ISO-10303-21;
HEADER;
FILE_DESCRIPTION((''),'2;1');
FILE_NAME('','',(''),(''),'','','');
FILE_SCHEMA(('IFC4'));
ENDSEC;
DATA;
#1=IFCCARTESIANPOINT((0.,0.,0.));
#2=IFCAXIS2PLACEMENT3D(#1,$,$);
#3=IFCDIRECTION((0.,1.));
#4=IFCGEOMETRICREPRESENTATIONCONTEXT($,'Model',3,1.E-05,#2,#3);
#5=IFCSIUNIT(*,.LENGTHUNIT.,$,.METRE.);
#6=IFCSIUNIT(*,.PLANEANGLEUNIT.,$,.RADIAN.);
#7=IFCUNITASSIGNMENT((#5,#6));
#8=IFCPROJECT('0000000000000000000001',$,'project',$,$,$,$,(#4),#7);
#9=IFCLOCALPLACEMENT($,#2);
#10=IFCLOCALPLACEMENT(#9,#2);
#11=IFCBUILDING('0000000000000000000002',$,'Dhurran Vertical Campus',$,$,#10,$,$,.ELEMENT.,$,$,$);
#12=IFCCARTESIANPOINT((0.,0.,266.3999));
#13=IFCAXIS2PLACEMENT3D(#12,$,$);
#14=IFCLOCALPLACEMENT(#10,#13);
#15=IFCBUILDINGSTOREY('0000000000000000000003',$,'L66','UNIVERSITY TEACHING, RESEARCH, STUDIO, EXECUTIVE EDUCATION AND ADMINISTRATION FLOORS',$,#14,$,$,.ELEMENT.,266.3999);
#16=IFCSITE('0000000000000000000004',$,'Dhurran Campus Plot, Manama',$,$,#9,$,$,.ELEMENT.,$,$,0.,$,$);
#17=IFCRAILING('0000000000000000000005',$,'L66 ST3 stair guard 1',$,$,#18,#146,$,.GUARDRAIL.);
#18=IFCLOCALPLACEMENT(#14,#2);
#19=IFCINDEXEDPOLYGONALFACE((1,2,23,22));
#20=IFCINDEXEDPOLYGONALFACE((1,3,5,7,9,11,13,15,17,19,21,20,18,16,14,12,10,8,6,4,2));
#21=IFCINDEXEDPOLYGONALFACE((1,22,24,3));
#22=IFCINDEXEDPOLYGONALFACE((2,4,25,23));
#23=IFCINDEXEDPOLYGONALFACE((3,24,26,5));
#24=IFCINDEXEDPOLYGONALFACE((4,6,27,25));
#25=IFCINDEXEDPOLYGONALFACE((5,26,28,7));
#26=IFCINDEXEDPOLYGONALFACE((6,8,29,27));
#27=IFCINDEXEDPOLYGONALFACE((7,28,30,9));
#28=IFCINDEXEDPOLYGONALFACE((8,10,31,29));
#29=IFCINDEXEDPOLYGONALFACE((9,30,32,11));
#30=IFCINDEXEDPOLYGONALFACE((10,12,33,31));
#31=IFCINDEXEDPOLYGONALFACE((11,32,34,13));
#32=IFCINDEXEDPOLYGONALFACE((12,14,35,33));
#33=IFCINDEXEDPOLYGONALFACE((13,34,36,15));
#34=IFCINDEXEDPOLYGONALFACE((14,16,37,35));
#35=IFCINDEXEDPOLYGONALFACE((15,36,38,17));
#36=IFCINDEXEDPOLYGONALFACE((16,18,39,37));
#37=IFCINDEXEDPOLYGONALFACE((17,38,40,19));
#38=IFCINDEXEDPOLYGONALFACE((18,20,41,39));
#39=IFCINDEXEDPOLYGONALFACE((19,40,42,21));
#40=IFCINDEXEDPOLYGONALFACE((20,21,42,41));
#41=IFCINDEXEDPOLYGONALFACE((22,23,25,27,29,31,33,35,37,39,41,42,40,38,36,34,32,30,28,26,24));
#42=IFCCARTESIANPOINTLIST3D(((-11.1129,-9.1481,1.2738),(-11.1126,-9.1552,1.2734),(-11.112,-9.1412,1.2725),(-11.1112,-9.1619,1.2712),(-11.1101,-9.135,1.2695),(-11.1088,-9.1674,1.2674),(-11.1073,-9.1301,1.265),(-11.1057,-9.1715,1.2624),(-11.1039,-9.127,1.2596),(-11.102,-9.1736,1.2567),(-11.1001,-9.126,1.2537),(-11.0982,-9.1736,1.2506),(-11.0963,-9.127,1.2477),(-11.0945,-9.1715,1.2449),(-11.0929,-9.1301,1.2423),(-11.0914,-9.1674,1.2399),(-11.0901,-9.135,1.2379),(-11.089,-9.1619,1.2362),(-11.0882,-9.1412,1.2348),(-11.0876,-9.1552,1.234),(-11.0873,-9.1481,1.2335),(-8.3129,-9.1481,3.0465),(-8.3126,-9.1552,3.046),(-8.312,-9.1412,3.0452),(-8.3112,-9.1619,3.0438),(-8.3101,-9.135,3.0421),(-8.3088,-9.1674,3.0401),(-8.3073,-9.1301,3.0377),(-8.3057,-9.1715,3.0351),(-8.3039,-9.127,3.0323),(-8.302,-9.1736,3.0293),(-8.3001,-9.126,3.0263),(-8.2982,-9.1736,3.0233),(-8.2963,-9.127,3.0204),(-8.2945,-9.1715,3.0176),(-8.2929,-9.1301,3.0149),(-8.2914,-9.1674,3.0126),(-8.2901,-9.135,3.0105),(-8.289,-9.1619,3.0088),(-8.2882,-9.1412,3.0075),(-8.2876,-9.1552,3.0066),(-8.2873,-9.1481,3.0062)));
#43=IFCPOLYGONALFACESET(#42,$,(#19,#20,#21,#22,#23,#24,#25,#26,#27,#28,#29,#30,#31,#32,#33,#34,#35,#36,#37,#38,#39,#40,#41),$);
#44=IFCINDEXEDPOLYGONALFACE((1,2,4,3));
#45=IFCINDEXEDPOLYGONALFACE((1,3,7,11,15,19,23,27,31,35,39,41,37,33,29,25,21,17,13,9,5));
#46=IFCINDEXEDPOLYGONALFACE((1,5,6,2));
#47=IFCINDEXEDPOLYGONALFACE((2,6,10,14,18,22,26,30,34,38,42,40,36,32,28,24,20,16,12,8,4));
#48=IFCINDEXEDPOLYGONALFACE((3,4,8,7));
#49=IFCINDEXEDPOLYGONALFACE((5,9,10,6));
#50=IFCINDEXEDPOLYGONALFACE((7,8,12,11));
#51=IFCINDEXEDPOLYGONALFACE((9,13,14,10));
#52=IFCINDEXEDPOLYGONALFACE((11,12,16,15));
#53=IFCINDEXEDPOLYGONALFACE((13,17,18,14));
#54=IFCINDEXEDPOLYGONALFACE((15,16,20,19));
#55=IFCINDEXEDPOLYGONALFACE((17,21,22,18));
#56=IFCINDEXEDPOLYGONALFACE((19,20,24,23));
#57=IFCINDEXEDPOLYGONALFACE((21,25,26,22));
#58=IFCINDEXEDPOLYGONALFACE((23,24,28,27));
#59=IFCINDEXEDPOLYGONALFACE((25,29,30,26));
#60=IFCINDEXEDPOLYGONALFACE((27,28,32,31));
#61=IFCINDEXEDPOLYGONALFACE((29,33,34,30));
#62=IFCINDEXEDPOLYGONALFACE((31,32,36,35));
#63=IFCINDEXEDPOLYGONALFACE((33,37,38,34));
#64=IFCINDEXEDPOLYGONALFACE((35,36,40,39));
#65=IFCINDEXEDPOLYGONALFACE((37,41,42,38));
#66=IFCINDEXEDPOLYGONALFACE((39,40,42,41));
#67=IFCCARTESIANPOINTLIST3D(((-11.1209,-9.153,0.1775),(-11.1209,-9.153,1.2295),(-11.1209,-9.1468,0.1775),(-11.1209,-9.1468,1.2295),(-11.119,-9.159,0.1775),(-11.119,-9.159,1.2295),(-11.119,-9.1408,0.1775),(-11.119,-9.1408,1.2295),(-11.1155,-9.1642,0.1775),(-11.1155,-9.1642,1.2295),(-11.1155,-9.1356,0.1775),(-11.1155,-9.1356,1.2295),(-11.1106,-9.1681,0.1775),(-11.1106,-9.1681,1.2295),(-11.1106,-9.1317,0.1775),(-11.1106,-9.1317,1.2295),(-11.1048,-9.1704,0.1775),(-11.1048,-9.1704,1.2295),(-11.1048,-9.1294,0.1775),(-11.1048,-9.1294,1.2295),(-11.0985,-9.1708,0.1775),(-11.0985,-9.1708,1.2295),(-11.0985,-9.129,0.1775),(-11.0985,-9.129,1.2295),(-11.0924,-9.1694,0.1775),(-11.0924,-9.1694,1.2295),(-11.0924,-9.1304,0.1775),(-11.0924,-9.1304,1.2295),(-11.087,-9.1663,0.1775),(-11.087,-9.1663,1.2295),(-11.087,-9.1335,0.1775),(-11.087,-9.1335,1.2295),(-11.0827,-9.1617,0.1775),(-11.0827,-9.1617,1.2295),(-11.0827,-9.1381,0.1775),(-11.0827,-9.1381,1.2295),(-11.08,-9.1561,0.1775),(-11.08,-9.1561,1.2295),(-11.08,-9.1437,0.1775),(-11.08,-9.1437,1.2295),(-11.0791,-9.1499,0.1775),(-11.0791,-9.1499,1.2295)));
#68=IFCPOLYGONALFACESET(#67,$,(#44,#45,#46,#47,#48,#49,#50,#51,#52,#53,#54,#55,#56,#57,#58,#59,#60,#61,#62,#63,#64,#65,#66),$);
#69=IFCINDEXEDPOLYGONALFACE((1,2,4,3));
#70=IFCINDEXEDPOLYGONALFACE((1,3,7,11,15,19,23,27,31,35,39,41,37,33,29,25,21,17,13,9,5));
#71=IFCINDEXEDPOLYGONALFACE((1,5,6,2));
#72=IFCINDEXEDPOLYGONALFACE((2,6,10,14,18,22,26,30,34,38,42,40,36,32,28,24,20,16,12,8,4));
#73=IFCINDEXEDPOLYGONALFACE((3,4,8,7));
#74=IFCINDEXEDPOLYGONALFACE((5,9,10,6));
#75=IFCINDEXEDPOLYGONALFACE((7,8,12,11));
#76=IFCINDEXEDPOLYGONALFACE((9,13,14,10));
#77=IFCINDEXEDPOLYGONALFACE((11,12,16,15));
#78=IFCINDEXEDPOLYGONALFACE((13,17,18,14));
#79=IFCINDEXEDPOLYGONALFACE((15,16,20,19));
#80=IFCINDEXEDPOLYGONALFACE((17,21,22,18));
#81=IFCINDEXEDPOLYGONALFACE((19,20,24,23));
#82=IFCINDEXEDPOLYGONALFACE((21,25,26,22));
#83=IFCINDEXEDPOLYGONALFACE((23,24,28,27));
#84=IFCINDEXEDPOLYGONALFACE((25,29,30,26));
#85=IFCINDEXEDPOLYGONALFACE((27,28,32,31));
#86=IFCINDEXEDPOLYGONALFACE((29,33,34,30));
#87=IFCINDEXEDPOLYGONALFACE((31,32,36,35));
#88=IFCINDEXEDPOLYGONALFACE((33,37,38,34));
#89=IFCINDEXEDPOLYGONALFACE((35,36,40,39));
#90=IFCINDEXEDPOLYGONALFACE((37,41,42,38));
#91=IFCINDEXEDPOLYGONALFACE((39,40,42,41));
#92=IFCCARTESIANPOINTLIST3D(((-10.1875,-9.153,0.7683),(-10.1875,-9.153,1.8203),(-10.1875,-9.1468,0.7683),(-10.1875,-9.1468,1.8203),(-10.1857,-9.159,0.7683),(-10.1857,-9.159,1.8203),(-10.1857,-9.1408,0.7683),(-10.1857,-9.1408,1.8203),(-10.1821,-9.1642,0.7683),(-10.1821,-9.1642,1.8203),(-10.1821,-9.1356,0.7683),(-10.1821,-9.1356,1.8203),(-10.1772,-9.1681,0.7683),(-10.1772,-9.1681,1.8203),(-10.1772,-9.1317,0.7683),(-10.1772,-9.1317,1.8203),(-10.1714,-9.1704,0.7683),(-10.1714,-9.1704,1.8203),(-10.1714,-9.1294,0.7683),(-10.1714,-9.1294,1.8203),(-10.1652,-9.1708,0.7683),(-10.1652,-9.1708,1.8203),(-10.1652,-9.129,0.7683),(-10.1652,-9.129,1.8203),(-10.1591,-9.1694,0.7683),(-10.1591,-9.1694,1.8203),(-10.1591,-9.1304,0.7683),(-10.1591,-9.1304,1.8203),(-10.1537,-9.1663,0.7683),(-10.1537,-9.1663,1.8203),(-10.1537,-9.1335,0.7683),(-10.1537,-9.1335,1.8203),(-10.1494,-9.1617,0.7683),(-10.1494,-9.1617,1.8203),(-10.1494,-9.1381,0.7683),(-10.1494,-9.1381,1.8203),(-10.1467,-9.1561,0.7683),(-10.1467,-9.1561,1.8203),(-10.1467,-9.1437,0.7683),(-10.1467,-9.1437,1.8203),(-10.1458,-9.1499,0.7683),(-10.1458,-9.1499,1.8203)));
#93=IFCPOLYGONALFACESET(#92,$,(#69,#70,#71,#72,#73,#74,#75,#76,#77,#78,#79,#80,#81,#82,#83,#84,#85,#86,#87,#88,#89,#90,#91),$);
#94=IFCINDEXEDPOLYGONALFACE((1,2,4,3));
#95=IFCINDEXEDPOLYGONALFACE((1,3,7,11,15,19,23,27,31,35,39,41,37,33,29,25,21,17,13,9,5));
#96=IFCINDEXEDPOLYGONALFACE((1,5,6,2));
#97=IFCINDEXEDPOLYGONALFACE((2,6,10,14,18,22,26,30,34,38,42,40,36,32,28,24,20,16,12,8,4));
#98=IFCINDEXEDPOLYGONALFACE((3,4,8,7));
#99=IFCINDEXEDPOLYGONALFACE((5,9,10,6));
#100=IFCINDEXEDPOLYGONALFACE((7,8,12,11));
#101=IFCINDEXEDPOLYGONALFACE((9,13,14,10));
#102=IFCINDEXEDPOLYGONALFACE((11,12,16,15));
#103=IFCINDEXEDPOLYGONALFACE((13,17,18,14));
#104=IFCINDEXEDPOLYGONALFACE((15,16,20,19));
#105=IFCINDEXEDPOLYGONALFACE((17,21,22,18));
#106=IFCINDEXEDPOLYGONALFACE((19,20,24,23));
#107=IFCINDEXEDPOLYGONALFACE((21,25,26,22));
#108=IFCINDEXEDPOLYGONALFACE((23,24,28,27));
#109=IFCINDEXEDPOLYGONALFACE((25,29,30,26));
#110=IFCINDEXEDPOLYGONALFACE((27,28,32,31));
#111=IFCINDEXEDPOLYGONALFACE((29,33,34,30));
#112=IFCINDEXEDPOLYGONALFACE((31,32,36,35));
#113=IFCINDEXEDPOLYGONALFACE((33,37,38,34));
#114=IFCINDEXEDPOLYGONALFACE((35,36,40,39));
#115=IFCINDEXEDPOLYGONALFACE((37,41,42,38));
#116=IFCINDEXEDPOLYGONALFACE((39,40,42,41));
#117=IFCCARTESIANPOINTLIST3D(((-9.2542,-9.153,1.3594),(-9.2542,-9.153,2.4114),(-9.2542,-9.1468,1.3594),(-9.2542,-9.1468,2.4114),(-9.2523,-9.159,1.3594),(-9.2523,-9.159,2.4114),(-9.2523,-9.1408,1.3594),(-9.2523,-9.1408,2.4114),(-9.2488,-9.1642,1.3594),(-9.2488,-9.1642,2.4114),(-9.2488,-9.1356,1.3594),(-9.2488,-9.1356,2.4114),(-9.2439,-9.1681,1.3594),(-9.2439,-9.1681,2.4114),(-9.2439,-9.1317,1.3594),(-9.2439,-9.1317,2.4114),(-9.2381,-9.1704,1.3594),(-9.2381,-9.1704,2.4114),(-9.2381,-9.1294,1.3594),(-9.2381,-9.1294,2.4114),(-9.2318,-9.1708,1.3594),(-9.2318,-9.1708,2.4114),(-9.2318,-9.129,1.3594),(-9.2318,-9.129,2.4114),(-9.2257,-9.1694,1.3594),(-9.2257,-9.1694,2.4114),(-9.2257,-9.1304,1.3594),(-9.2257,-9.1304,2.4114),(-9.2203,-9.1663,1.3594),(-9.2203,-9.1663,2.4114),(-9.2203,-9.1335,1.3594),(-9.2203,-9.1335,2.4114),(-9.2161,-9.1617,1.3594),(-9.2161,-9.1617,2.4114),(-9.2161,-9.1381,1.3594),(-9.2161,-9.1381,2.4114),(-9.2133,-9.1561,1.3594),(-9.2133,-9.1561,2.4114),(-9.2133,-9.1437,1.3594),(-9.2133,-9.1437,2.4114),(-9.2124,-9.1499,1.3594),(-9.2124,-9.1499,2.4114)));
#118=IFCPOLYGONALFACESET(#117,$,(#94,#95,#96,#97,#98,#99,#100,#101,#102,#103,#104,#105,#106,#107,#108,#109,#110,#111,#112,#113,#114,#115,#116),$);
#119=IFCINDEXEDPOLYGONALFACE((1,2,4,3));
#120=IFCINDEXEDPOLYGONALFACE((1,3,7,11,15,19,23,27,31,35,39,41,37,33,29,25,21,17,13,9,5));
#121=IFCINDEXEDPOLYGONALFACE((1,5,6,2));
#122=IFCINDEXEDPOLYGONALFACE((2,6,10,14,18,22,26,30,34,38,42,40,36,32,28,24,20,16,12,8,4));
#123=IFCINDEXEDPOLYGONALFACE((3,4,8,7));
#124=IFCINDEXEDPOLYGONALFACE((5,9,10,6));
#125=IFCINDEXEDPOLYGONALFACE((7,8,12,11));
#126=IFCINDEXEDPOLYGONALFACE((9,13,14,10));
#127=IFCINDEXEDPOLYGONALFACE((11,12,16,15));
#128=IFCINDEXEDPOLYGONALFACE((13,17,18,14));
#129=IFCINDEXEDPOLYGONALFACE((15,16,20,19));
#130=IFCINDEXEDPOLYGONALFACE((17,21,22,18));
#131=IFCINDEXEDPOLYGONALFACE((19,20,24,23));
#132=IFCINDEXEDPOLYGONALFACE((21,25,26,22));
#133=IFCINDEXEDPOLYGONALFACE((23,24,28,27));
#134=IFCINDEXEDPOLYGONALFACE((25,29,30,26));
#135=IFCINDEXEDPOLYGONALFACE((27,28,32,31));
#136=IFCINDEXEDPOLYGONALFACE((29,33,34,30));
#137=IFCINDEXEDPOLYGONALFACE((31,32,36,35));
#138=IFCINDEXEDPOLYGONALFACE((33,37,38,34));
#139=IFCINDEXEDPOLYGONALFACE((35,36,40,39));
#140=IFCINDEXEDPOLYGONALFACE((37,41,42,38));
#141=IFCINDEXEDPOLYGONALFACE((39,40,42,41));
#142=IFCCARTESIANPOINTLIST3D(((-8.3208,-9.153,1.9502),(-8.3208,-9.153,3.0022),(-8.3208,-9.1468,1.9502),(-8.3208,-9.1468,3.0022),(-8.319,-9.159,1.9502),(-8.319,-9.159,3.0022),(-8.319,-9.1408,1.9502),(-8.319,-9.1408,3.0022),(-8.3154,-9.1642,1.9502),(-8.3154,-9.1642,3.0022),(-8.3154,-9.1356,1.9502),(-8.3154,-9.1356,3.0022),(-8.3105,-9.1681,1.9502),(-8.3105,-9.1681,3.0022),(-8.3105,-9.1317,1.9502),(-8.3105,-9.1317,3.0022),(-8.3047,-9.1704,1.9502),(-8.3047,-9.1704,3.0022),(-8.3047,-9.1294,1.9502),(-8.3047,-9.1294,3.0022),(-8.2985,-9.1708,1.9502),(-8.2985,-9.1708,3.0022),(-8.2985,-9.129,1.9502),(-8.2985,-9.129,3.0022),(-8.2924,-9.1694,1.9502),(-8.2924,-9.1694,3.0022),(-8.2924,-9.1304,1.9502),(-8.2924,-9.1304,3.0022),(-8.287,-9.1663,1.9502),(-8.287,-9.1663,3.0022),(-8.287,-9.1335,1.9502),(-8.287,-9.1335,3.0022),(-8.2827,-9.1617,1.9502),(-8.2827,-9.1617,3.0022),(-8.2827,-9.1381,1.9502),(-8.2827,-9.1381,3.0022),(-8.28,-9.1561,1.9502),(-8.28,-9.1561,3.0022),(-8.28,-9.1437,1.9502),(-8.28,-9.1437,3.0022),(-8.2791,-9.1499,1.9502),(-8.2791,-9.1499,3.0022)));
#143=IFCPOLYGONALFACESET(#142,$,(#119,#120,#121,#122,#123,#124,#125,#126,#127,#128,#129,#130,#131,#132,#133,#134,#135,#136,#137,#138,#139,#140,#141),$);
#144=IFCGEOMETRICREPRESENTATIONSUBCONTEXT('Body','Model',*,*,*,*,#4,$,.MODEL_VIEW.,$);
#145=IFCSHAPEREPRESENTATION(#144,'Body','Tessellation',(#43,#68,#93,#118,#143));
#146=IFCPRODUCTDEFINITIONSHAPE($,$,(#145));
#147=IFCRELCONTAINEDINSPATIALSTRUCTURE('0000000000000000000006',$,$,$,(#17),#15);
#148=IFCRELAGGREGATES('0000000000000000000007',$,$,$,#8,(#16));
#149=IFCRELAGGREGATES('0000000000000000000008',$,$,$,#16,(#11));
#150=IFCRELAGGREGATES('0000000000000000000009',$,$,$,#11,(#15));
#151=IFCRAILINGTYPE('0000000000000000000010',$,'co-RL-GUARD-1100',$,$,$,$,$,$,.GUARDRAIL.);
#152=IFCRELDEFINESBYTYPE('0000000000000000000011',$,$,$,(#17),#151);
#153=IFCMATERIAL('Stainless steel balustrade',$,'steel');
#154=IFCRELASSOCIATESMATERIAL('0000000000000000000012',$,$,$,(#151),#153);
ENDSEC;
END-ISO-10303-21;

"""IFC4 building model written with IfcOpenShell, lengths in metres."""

from ifc_helpers import new_model, si_unit, direction, frame, origin, origin_2d, place, context, subcontext, project, spatial, circle, extrude, material, type_object, element, save


model = new_model("IFC4")

# Units and contexts
model_context = context("Model", 3, precision=1e-05, world=origin(), true_north=direction((0.0, 1.0)))
body_context = subcontext(model_context, "Body", "Model", "MODEL_VIEW")
ifc_project = project(units=[si_unit("LENGTHUNIT", "METRE"), si_unit("PLANEANGLEUNIT", "RADIAN")], contexts=[model_context])

# Site, building, storey
site_placement = place(None, origin())
site = spatial("IfcSite", under=ifc_project, at=site_placement, Name="Dhurran Campus Plot, Manama", CompositionType="ELEMENT", RefElevation=0.0)
building_placement = place(site_placement, origin())
building = spatial("IfcBuilding", under=site, at=building_placement, Name="Dhurran Vertical Campus", CompositionType="ELEMENT")
storey_placement = place(building_placement, frame((0.0, 0.0, 266.3999)))
storey = spatial("IfcBuildingStorey", under=building, at=storey_placement, Name="L66", Description="UNIVERSITY TEACHING, RESEARCH, STUDIO, EXECUTIVE EDUCATION AND ADMINISTRATION FLOORS", CompositionType="ELEMENT", Elevation=266.3999)

# Railing
ifc_material_1 = material(Name="Stainless steel balustrade", Category="steel")
railing_type_1 = type_object("IfcRailingType", Name="co-RL-GUARD-1100", PredefinedType="GUARDRAIL", material=ifc_material_1)
railing_1_placement = place(storey_placement, frame((-11.1001, -9.1499, 0.1775)))
element("IfcRailing", 1, at=railing_1_placement, inside=storey, type_object=railing_type_1, Name="L66 ST3 stair guard 1", PredefinedType="GUARDRAIL", context=body_context, shape_type="SweptSolid", body=[
    extrude(circle(Radius=0.0239, at=origin_2d()), frame((0.0, 0.0, 1.0762), z_axis=(0.844909, 0.0, 0.53491), x_axis=(0.0, 1.0, 0.0)), (0.0, 0.0, 1.0), 3.314),
    extrude(circle(Radius=0.021, at=origin_2d()), origin(), (0.0, 0.0, 1.0), 1.052),
    extrude(circle(Radius=0.021, at=origin_2d()), frame((0.9333, 0.0, 0.5908)), (0.0, 0.0, 1.0), 1.052),
    extrude(circle(Radius=0.021, at=origin_2d()), frame((1.8667, 0.0, 1.1819)), (0.0, 0.0, 1.0), 1.052),
    extrude(circle(Radius=0.021, at=origin_2d()), frame((2.8, 0.0, 1.7727)), (0.0, 0.0, 1.0), 1.052),
])

save(model, "model.ifc")
